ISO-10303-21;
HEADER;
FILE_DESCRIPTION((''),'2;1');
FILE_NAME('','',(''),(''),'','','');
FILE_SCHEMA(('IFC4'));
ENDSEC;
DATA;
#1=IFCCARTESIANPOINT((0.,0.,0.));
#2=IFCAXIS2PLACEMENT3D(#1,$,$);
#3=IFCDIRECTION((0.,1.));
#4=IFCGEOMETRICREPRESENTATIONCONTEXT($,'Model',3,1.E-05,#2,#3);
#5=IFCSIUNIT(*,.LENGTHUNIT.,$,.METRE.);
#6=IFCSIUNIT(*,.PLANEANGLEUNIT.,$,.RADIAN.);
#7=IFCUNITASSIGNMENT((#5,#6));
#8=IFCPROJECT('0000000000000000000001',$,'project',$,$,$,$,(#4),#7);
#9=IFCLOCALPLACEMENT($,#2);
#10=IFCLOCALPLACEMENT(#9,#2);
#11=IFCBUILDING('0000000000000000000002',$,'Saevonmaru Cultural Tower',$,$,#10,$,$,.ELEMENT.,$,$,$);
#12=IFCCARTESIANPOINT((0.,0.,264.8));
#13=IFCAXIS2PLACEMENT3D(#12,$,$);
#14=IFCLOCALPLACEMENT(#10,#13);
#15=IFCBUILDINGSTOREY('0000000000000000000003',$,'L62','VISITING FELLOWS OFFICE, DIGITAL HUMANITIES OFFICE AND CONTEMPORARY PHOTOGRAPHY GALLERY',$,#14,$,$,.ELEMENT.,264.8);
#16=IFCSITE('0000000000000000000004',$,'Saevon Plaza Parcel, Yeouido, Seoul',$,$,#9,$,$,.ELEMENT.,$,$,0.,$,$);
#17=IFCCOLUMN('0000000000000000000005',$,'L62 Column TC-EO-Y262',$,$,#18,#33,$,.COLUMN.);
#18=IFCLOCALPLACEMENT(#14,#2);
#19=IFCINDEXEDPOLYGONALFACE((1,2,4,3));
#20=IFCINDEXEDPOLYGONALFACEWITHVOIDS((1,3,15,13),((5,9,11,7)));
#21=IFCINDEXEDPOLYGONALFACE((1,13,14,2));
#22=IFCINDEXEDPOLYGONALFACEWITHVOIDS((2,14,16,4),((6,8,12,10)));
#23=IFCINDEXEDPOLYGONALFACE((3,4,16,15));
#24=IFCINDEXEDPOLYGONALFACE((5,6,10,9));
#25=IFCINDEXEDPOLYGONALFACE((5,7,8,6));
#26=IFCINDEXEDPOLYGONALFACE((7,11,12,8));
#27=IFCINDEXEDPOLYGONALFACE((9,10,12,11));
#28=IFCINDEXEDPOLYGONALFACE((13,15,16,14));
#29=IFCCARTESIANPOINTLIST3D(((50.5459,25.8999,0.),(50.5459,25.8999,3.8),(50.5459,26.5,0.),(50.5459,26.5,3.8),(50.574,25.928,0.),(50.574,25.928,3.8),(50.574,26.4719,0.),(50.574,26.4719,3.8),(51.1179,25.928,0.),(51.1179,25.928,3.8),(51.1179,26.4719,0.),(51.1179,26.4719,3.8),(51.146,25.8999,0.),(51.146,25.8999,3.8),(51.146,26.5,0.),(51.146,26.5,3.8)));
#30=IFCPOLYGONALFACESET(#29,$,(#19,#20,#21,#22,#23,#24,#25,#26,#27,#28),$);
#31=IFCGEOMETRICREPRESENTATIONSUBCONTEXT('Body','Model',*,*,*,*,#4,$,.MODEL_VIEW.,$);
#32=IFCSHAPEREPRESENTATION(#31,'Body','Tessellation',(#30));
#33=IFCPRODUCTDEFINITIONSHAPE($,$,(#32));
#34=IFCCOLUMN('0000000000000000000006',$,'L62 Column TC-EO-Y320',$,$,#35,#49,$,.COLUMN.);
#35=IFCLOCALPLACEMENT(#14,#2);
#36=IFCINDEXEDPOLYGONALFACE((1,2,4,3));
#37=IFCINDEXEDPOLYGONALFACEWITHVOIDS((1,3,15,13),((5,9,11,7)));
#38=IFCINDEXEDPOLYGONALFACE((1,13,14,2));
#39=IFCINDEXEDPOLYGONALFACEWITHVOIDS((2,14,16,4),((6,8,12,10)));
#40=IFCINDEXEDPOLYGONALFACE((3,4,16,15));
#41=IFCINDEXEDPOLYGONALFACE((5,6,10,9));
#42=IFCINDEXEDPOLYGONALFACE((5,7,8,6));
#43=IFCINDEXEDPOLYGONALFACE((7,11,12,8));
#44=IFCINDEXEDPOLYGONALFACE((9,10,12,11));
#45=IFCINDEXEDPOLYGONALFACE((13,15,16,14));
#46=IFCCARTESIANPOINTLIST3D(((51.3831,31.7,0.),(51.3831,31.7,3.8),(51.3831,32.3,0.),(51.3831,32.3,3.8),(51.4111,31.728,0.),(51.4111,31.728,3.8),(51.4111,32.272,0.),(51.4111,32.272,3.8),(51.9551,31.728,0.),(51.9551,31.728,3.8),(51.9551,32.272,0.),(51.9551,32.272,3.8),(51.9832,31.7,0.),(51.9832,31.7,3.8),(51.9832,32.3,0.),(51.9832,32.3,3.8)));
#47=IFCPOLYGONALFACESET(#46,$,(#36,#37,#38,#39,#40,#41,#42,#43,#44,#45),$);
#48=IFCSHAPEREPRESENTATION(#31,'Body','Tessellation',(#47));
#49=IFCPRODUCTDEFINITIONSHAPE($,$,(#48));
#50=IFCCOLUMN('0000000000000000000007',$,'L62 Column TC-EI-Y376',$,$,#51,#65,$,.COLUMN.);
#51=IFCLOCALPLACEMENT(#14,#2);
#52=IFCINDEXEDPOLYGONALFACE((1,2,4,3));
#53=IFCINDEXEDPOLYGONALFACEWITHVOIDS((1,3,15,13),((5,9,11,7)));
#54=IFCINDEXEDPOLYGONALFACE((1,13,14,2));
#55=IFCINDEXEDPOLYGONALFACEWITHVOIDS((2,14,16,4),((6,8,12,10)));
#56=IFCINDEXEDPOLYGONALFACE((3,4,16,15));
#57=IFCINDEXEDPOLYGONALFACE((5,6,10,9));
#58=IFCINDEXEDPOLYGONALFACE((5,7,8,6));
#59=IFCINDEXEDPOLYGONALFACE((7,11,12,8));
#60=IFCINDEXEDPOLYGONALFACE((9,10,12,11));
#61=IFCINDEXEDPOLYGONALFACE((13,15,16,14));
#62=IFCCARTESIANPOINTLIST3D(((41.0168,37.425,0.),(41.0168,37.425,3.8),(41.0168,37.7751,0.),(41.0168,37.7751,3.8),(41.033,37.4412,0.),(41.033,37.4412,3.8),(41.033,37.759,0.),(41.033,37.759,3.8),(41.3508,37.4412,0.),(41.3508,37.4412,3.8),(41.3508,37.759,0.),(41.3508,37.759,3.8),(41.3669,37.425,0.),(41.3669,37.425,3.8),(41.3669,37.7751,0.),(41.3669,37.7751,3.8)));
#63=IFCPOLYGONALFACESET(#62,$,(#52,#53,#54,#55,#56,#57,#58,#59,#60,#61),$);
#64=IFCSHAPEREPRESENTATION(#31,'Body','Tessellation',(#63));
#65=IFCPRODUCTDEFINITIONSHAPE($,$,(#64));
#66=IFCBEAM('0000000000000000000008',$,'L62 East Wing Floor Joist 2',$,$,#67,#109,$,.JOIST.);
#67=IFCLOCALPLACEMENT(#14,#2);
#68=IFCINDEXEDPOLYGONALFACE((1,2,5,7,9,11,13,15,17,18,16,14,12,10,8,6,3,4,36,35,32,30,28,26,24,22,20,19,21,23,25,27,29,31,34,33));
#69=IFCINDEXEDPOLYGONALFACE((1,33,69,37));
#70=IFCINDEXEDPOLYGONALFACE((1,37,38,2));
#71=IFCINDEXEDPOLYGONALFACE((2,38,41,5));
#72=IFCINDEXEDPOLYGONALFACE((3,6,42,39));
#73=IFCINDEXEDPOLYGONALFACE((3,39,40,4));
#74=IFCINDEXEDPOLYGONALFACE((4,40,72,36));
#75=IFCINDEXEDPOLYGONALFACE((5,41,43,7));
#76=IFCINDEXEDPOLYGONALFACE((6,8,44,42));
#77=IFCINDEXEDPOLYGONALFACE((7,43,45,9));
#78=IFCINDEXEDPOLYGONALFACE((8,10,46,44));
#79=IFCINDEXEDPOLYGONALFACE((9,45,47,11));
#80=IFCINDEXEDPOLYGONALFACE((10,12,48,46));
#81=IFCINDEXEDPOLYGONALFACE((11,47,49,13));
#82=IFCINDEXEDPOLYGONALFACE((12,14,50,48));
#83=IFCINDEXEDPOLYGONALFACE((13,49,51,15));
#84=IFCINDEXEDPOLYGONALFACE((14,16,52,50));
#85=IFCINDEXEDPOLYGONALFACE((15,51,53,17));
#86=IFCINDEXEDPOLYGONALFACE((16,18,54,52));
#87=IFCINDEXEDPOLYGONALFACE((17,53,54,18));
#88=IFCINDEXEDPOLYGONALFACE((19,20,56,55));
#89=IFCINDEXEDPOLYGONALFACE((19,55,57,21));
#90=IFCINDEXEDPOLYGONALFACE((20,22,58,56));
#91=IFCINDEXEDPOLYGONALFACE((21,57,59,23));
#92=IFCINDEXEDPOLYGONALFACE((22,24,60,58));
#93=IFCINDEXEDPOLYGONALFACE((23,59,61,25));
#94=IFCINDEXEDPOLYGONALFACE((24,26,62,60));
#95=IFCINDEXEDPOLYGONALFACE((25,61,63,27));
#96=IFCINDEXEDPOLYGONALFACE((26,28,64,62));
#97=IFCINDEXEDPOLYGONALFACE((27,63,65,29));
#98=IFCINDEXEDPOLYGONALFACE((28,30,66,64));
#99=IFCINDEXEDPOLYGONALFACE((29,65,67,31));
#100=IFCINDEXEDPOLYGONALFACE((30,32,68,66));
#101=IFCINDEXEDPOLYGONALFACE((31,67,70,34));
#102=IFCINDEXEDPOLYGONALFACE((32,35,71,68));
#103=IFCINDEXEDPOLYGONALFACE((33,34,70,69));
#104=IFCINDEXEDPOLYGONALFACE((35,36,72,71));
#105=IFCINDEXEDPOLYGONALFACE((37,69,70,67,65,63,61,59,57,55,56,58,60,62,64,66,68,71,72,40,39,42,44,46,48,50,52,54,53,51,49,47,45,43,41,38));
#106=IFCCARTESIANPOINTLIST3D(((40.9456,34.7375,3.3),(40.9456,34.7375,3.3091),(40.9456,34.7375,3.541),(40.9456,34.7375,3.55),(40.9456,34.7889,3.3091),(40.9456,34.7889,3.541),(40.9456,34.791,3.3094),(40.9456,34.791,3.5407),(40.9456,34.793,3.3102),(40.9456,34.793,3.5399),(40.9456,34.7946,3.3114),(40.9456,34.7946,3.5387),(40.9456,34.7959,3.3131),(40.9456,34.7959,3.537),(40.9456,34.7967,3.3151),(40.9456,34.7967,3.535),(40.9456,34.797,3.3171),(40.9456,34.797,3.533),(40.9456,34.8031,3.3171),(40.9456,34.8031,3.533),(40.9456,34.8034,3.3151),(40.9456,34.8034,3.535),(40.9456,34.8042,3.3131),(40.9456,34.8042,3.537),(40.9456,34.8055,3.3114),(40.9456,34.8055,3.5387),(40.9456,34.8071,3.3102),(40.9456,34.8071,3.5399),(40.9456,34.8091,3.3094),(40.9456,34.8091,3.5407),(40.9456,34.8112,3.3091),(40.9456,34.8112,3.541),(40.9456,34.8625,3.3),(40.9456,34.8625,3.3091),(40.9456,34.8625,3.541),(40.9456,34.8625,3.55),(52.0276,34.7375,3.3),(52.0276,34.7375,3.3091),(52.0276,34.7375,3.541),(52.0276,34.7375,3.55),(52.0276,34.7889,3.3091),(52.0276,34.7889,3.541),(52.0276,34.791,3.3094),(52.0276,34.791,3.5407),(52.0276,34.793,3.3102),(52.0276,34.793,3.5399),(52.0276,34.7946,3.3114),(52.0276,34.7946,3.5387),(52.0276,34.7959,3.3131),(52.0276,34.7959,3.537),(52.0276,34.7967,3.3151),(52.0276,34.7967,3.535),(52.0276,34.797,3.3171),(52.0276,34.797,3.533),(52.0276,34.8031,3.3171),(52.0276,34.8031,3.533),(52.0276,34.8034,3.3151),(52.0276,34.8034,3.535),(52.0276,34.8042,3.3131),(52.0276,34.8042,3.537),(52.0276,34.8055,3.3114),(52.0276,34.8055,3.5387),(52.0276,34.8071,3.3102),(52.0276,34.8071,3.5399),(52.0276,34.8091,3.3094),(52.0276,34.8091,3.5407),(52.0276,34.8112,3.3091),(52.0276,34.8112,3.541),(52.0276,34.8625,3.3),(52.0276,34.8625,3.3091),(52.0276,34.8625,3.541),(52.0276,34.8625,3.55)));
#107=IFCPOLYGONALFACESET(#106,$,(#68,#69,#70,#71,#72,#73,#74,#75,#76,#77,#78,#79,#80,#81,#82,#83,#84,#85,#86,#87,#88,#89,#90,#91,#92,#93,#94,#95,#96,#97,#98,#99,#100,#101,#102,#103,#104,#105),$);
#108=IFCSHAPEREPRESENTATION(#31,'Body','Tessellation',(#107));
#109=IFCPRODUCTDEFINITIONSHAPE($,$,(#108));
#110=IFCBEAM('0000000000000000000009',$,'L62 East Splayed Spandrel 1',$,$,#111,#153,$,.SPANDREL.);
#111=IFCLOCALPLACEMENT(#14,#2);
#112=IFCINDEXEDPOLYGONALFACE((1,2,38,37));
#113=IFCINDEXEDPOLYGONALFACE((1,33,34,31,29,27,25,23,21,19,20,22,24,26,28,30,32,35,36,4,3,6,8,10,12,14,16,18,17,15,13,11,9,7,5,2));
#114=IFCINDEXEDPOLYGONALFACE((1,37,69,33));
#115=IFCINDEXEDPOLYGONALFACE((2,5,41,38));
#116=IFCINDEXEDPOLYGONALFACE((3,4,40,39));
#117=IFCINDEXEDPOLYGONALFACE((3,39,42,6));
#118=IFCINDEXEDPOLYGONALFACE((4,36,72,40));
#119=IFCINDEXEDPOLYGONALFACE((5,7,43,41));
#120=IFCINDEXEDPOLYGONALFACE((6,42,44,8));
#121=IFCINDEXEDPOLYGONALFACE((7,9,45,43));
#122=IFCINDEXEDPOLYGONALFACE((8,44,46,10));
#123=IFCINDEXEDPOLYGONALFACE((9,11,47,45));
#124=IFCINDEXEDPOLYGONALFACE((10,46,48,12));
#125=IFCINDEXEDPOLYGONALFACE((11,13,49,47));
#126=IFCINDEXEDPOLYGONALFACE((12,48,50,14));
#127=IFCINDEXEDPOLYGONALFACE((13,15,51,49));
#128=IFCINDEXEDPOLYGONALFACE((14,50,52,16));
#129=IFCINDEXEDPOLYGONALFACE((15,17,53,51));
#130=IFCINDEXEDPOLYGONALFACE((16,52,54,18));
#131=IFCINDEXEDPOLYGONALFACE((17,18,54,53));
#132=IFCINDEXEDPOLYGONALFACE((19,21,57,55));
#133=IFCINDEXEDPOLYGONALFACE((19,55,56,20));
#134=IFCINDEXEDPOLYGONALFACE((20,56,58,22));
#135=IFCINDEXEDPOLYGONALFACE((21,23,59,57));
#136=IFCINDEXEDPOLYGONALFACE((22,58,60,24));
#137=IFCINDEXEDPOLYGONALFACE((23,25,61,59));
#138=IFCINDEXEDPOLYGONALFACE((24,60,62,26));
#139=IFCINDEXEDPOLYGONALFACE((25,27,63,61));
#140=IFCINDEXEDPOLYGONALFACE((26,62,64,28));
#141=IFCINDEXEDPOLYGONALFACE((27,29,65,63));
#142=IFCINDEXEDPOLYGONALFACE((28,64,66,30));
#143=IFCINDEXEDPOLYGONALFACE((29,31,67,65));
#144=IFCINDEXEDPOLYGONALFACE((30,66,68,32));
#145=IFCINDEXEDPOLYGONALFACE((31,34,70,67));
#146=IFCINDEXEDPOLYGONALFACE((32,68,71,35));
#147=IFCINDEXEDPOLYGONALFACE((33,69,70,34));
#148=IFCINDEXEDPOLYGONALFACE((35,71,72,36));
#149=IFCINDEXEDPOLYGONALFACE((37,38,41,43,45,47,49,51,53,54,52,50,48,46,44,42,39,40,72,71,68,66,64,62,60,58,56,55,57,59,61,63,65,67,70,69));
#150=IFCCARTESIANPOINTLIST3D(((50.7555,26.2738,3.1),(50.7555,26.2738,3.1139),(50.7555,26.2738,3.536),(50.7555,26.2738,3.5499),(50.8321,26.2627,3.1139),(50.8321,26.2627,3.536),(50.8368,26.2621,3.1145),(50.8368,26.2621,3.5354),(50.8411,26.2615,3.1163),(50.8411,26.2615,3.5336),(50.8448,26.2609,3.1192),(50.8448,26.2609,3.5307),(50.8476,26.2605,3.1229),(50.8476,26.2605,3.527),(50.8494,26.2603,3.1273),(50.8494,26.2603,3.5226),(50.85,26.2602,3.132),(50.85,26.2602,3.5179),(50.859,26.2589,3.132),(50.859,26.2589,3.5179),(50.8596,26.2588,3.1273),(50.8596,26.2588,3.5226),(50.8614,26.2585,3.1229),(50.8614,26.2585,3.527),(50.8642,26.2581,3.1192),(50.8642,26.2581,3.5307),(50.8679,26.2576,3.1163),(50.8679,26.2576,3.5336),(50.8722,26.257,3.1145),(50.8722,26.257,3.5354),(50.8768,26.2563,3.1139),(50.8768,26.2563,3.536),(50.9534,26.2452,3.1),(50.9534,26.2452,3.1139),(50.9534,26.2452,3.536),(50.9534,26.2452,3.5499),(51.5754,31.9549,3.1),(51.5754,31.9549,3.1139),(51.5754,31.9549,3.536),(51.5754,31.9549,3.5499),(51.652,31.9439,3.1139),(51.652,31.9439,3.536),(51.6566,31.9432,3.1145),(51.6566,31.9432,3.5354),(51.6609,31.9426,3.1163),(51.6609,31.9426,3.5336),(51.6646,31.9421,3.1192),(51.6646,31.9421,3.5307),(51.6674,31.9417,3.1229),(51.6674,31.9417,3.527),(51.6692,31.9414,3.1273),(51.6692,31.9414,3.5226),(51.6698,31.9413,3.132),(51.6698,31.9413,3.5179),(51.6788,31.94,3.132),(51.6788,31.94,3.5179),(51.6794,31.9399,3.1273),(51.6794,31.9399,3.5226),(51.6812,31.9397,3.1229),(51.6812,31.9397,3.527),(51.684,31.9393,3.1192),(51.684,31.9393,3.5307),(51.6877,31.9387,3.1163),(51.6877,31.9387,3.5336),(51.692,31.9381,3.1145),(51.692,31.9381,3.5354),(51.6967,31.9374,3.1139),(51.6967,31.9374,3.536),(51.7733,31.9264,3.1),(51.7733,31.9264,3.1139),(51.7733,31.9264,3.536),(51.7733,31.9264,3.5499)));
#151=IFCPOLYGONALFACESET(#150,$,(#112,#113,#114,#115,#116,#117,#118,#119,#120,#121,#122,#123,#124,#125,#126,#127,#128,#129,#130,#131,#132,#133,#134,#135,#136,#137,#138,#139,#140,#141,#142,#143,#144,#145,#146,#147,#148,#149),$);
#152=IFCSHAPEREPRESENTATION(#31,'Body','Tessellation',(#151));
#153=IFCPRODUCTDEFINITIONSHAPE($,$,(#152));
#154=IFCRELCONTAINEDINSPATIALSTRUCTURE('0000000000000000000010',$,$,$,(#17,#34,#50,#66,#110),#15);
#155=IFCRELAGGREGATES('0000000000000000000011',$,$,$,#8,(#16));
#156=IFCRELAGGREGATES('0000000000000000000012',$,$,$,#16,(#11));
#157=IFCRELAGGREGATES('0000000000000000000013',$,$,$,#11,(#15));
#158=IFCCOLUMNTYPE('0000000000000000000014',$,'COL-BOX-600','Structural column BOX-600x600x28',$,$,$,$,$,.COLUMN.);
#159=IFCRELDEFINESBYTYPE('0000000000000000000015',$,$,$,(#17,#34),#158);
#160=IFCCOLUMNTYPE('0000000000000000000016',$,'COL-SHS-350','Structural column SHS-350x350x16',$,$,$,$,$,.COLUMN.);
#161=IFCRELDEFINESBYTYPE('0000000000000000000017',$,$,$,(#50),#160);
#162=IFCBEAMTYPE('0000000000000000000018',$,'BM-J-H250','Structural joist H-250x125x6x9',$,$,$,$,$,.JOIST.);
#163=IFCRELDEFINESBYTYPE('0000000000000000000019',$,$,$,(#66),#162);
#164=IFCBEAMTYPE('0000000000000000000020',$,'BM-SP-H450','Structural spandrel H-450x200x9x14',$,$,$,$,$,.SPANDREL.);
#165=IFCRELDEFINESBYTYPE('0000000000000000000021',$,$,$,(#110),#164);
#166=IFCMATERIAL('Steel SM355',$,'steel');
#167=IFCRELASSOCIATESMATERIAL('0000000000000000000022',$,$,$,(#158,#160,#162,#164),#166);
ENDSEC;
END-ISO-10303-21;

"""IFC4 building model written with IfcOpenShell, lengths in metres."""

from ifc_helpers import new_model, si_unit, direction, frame, origin, origin_2d, place, context, subcontext, project, spatial, hollow_rectangle, i_section, extrude, material, material_profile, profile_set, type_object, element, save


model = new_model("IFC4")

# Units and contexts
model_context = context("Model", 3, precision=1e-05, world=origin(), true_north=direction((0.0, 1.0)))
body_context = subcontext(model_context, "Body", "Model", "MODEL_VIEW")
ifc_project = project(units=[si_unit("LENGTHUNIT", "METRE"), si_unit("PLANEANGLEUNIT", "RADIAN")], contexts=[model_context])

# Site, building, storey
site_placement = place(None, origin())
site = spatial("IfcSite", under=ifc_project, at=site_placement, Name="Saevon Plaza Parcel, Yeouido, Seoul", CompositionType="ELEMENT", RefElevation=0.0)
building_placement = place(site_placement, origin())
building = spatial("IfcBuilding", under=site, at=building_placement, Name="Saevonmaru Cultural Tower", CompositionType="ELEMENT")
storey_placement = place(building_placement, frame((0.0, 0.0, 264.8)))
storey = spatial("IfcBuildingStorey", under=building, at=storey_placement, Name="L62", Description="VISITING FELLOWS OFFICE, DIGITAL HUMANITIES OFFICE AND CONTEMPORARY PHOTOGRAPHY GALLERY", CompositionType="ELEMENT", Elevation=264.8)

# Columns
ifc_material_1 = material(Name="Steel SM355", Category="steel")
ifc_material_profile_1 = material_profile(ifc_material_1, hollow_rectangle(XDim=0.6001, YDim=0.6001, WallThickness=0.0281, at=origin_2d()), Name="BOX-600x600x28")
ifc_profile_set_1 = profile_set([ifc_material_profile_1], Name="Steel SM355")
column_type_1 = type_object("IfcColumnType", Name="COL-BOX-600", Description="Structural column BOX-600x600x28", PredefinedType="COLUMN", material=ifc_profile_set_1)
for number, where, z_axis, x_axis, name in (
    (1, (50.8459, 26.2, 0.0), (0.0, 0.0, 1.0), (1.0, 0.0, 0.0), "L62 Column TC-EO-Y262"),
    (2, (51.6831, 32.0, 0.0), (0.0, 0.0, 1.0), (1.0, 0.0, 0.0), "L62 Column TC-EO-Y320"),
):
    element("IfcColumn", number, at=place(storey_placement, frame(where, z_axis=z_axis, x_axis=x_axis)), inside=storey, type_object=column_type_1, Name=name, PredefinedType="COLUMN", context=body_context, shape_type="SweptSolid", body=[
        extrude(hollow_rectangle(XDim=0.6001, YDim=0.6001, WallThickness=0.0281, at=origin_2d()), origin(), (0.0, 0.0, 1.0), 3.8),
    ])
ifc_material_profile_2 = material_profile(ifc_material_1, hollow_rectangle(XDim=0.3501, YDim=0.3501, WallThickness=0.0161, at=origin_2d()), Name="SHS-350x350x16")
ifc_profile_set_2 = profile_set([ifc_material_profile_2], Name="Steel SM355")
column_type_2 = type_object("IfcColumnType", Name="COL-SHS-350", Description="Structural column SHS-350x350x16", PredefinedType="COLUMN", material=ifc_profile_set_2)
column_placement = place(storey_placement, frame((41.1919, 37.6001, 0.0), z_axis=(0.0, 0.0, 1.0), x_axis=(1.0, 0.0, 0.0)))
element("IfcColumn", 3, at=column_placement, inside=storey, type_object=column_type_2, Name="L62 Column TC-EI-Y376", PredefinedType="COLUMN", context=body_context, shape_type="SweptSolid", body=[
    extrude(hollow_rectangle(XDim=0.3501, YDim=0.3501, WallThickness=0.0161, at=origin_2d()), origin(), (0.0, 0.0, 1.0), 3.8),
])

# Beams
ifc_material_profile_3 = material_profile(ifc_material_1, i_section(OverallWidth=0.125, OverallDepth=0.25, WebThickness=0.0061, FlangeThickness=0.009, FilletRadius=0.0081, at=origin_2d()), Name="H-250x125x6x9")
ifc_profile_set_3 = profile_set([ifc_material_profile_3], Name="Steel SM355")
beam_type_1 = type_object("IfcBeamType", Name="BM-J-H250", Description="Structural joist H-250x125x6x9", PredefinedType="JOIST", material=ifc_profile_set_3)
beam_1_placement = place(storey_placement, frame((40.9456, 34.8, 3.425), z_axis=(1.0, 0.0, 0.0), x_axis=(0.0, 1.0, 0.0)))
element("IfcBeam", 4, at=beam_1_placement, inside=storey, type_object=beam_type_1, Name="L62 East Wing Floor Joist 2", PredefinedType="JOIST", context=body_context, shape_type="SweptSolid", body=[
    extrude(i_section(OverallWidth=0.125, OverallDepth=0.25, WebThickness=0.0061, FlangeThickness=0.009, FilletRadius=0.0081, at=origin_2d()), origin(), (0.0, 0.0, 1.0), 11.082),
])
ifc_material_profile_4 = material_profile(ifc_material_1, i_section(OverallWidth=0.2, OverallDepth=0.45, WebThickness=0.009, FlangeThickness=0.0139, FilletRadius=0.0181, at=origin_2d()), Name="H-450x200x9x14")
ifc_profile_set_4 = profile_set([ifc_material_profile_4], Name="Steel SM355")
beam_type_2 = type_object("IfcBeamType", Name="BM-SP-H450", Description="Structural spandrel H-450x200x9x14", PredefinedType="SPANDREL", material=ifc_profile_set_4)
beam_2_placement = place(storey_placement, frame((50.8545, 26.2595, 3.325), z_axis=(0.142827, 0.989748, 0.0), x_axis=(-0.989748, 0.142827, 0.0)))
element("IfcBeam", 5, at=beam_2_placement, inside=storey, type_object=beam_type_2, Name="L62 East Splayed Spandrel 1", PredefinedType="SPANDREL", context=body_context, shape_type="SweptSolid", body=[
    extrude(i_section(OverallWidth=0.2, OverallDepth=0.45, WebThickness=0.009, FlangeThickness=0.0139, FilletRadius=0.0181, at=origin_2d()), origin(), (0.0, 0.0, 1.0), 5.74),
])

save(model, "model.ifc")
